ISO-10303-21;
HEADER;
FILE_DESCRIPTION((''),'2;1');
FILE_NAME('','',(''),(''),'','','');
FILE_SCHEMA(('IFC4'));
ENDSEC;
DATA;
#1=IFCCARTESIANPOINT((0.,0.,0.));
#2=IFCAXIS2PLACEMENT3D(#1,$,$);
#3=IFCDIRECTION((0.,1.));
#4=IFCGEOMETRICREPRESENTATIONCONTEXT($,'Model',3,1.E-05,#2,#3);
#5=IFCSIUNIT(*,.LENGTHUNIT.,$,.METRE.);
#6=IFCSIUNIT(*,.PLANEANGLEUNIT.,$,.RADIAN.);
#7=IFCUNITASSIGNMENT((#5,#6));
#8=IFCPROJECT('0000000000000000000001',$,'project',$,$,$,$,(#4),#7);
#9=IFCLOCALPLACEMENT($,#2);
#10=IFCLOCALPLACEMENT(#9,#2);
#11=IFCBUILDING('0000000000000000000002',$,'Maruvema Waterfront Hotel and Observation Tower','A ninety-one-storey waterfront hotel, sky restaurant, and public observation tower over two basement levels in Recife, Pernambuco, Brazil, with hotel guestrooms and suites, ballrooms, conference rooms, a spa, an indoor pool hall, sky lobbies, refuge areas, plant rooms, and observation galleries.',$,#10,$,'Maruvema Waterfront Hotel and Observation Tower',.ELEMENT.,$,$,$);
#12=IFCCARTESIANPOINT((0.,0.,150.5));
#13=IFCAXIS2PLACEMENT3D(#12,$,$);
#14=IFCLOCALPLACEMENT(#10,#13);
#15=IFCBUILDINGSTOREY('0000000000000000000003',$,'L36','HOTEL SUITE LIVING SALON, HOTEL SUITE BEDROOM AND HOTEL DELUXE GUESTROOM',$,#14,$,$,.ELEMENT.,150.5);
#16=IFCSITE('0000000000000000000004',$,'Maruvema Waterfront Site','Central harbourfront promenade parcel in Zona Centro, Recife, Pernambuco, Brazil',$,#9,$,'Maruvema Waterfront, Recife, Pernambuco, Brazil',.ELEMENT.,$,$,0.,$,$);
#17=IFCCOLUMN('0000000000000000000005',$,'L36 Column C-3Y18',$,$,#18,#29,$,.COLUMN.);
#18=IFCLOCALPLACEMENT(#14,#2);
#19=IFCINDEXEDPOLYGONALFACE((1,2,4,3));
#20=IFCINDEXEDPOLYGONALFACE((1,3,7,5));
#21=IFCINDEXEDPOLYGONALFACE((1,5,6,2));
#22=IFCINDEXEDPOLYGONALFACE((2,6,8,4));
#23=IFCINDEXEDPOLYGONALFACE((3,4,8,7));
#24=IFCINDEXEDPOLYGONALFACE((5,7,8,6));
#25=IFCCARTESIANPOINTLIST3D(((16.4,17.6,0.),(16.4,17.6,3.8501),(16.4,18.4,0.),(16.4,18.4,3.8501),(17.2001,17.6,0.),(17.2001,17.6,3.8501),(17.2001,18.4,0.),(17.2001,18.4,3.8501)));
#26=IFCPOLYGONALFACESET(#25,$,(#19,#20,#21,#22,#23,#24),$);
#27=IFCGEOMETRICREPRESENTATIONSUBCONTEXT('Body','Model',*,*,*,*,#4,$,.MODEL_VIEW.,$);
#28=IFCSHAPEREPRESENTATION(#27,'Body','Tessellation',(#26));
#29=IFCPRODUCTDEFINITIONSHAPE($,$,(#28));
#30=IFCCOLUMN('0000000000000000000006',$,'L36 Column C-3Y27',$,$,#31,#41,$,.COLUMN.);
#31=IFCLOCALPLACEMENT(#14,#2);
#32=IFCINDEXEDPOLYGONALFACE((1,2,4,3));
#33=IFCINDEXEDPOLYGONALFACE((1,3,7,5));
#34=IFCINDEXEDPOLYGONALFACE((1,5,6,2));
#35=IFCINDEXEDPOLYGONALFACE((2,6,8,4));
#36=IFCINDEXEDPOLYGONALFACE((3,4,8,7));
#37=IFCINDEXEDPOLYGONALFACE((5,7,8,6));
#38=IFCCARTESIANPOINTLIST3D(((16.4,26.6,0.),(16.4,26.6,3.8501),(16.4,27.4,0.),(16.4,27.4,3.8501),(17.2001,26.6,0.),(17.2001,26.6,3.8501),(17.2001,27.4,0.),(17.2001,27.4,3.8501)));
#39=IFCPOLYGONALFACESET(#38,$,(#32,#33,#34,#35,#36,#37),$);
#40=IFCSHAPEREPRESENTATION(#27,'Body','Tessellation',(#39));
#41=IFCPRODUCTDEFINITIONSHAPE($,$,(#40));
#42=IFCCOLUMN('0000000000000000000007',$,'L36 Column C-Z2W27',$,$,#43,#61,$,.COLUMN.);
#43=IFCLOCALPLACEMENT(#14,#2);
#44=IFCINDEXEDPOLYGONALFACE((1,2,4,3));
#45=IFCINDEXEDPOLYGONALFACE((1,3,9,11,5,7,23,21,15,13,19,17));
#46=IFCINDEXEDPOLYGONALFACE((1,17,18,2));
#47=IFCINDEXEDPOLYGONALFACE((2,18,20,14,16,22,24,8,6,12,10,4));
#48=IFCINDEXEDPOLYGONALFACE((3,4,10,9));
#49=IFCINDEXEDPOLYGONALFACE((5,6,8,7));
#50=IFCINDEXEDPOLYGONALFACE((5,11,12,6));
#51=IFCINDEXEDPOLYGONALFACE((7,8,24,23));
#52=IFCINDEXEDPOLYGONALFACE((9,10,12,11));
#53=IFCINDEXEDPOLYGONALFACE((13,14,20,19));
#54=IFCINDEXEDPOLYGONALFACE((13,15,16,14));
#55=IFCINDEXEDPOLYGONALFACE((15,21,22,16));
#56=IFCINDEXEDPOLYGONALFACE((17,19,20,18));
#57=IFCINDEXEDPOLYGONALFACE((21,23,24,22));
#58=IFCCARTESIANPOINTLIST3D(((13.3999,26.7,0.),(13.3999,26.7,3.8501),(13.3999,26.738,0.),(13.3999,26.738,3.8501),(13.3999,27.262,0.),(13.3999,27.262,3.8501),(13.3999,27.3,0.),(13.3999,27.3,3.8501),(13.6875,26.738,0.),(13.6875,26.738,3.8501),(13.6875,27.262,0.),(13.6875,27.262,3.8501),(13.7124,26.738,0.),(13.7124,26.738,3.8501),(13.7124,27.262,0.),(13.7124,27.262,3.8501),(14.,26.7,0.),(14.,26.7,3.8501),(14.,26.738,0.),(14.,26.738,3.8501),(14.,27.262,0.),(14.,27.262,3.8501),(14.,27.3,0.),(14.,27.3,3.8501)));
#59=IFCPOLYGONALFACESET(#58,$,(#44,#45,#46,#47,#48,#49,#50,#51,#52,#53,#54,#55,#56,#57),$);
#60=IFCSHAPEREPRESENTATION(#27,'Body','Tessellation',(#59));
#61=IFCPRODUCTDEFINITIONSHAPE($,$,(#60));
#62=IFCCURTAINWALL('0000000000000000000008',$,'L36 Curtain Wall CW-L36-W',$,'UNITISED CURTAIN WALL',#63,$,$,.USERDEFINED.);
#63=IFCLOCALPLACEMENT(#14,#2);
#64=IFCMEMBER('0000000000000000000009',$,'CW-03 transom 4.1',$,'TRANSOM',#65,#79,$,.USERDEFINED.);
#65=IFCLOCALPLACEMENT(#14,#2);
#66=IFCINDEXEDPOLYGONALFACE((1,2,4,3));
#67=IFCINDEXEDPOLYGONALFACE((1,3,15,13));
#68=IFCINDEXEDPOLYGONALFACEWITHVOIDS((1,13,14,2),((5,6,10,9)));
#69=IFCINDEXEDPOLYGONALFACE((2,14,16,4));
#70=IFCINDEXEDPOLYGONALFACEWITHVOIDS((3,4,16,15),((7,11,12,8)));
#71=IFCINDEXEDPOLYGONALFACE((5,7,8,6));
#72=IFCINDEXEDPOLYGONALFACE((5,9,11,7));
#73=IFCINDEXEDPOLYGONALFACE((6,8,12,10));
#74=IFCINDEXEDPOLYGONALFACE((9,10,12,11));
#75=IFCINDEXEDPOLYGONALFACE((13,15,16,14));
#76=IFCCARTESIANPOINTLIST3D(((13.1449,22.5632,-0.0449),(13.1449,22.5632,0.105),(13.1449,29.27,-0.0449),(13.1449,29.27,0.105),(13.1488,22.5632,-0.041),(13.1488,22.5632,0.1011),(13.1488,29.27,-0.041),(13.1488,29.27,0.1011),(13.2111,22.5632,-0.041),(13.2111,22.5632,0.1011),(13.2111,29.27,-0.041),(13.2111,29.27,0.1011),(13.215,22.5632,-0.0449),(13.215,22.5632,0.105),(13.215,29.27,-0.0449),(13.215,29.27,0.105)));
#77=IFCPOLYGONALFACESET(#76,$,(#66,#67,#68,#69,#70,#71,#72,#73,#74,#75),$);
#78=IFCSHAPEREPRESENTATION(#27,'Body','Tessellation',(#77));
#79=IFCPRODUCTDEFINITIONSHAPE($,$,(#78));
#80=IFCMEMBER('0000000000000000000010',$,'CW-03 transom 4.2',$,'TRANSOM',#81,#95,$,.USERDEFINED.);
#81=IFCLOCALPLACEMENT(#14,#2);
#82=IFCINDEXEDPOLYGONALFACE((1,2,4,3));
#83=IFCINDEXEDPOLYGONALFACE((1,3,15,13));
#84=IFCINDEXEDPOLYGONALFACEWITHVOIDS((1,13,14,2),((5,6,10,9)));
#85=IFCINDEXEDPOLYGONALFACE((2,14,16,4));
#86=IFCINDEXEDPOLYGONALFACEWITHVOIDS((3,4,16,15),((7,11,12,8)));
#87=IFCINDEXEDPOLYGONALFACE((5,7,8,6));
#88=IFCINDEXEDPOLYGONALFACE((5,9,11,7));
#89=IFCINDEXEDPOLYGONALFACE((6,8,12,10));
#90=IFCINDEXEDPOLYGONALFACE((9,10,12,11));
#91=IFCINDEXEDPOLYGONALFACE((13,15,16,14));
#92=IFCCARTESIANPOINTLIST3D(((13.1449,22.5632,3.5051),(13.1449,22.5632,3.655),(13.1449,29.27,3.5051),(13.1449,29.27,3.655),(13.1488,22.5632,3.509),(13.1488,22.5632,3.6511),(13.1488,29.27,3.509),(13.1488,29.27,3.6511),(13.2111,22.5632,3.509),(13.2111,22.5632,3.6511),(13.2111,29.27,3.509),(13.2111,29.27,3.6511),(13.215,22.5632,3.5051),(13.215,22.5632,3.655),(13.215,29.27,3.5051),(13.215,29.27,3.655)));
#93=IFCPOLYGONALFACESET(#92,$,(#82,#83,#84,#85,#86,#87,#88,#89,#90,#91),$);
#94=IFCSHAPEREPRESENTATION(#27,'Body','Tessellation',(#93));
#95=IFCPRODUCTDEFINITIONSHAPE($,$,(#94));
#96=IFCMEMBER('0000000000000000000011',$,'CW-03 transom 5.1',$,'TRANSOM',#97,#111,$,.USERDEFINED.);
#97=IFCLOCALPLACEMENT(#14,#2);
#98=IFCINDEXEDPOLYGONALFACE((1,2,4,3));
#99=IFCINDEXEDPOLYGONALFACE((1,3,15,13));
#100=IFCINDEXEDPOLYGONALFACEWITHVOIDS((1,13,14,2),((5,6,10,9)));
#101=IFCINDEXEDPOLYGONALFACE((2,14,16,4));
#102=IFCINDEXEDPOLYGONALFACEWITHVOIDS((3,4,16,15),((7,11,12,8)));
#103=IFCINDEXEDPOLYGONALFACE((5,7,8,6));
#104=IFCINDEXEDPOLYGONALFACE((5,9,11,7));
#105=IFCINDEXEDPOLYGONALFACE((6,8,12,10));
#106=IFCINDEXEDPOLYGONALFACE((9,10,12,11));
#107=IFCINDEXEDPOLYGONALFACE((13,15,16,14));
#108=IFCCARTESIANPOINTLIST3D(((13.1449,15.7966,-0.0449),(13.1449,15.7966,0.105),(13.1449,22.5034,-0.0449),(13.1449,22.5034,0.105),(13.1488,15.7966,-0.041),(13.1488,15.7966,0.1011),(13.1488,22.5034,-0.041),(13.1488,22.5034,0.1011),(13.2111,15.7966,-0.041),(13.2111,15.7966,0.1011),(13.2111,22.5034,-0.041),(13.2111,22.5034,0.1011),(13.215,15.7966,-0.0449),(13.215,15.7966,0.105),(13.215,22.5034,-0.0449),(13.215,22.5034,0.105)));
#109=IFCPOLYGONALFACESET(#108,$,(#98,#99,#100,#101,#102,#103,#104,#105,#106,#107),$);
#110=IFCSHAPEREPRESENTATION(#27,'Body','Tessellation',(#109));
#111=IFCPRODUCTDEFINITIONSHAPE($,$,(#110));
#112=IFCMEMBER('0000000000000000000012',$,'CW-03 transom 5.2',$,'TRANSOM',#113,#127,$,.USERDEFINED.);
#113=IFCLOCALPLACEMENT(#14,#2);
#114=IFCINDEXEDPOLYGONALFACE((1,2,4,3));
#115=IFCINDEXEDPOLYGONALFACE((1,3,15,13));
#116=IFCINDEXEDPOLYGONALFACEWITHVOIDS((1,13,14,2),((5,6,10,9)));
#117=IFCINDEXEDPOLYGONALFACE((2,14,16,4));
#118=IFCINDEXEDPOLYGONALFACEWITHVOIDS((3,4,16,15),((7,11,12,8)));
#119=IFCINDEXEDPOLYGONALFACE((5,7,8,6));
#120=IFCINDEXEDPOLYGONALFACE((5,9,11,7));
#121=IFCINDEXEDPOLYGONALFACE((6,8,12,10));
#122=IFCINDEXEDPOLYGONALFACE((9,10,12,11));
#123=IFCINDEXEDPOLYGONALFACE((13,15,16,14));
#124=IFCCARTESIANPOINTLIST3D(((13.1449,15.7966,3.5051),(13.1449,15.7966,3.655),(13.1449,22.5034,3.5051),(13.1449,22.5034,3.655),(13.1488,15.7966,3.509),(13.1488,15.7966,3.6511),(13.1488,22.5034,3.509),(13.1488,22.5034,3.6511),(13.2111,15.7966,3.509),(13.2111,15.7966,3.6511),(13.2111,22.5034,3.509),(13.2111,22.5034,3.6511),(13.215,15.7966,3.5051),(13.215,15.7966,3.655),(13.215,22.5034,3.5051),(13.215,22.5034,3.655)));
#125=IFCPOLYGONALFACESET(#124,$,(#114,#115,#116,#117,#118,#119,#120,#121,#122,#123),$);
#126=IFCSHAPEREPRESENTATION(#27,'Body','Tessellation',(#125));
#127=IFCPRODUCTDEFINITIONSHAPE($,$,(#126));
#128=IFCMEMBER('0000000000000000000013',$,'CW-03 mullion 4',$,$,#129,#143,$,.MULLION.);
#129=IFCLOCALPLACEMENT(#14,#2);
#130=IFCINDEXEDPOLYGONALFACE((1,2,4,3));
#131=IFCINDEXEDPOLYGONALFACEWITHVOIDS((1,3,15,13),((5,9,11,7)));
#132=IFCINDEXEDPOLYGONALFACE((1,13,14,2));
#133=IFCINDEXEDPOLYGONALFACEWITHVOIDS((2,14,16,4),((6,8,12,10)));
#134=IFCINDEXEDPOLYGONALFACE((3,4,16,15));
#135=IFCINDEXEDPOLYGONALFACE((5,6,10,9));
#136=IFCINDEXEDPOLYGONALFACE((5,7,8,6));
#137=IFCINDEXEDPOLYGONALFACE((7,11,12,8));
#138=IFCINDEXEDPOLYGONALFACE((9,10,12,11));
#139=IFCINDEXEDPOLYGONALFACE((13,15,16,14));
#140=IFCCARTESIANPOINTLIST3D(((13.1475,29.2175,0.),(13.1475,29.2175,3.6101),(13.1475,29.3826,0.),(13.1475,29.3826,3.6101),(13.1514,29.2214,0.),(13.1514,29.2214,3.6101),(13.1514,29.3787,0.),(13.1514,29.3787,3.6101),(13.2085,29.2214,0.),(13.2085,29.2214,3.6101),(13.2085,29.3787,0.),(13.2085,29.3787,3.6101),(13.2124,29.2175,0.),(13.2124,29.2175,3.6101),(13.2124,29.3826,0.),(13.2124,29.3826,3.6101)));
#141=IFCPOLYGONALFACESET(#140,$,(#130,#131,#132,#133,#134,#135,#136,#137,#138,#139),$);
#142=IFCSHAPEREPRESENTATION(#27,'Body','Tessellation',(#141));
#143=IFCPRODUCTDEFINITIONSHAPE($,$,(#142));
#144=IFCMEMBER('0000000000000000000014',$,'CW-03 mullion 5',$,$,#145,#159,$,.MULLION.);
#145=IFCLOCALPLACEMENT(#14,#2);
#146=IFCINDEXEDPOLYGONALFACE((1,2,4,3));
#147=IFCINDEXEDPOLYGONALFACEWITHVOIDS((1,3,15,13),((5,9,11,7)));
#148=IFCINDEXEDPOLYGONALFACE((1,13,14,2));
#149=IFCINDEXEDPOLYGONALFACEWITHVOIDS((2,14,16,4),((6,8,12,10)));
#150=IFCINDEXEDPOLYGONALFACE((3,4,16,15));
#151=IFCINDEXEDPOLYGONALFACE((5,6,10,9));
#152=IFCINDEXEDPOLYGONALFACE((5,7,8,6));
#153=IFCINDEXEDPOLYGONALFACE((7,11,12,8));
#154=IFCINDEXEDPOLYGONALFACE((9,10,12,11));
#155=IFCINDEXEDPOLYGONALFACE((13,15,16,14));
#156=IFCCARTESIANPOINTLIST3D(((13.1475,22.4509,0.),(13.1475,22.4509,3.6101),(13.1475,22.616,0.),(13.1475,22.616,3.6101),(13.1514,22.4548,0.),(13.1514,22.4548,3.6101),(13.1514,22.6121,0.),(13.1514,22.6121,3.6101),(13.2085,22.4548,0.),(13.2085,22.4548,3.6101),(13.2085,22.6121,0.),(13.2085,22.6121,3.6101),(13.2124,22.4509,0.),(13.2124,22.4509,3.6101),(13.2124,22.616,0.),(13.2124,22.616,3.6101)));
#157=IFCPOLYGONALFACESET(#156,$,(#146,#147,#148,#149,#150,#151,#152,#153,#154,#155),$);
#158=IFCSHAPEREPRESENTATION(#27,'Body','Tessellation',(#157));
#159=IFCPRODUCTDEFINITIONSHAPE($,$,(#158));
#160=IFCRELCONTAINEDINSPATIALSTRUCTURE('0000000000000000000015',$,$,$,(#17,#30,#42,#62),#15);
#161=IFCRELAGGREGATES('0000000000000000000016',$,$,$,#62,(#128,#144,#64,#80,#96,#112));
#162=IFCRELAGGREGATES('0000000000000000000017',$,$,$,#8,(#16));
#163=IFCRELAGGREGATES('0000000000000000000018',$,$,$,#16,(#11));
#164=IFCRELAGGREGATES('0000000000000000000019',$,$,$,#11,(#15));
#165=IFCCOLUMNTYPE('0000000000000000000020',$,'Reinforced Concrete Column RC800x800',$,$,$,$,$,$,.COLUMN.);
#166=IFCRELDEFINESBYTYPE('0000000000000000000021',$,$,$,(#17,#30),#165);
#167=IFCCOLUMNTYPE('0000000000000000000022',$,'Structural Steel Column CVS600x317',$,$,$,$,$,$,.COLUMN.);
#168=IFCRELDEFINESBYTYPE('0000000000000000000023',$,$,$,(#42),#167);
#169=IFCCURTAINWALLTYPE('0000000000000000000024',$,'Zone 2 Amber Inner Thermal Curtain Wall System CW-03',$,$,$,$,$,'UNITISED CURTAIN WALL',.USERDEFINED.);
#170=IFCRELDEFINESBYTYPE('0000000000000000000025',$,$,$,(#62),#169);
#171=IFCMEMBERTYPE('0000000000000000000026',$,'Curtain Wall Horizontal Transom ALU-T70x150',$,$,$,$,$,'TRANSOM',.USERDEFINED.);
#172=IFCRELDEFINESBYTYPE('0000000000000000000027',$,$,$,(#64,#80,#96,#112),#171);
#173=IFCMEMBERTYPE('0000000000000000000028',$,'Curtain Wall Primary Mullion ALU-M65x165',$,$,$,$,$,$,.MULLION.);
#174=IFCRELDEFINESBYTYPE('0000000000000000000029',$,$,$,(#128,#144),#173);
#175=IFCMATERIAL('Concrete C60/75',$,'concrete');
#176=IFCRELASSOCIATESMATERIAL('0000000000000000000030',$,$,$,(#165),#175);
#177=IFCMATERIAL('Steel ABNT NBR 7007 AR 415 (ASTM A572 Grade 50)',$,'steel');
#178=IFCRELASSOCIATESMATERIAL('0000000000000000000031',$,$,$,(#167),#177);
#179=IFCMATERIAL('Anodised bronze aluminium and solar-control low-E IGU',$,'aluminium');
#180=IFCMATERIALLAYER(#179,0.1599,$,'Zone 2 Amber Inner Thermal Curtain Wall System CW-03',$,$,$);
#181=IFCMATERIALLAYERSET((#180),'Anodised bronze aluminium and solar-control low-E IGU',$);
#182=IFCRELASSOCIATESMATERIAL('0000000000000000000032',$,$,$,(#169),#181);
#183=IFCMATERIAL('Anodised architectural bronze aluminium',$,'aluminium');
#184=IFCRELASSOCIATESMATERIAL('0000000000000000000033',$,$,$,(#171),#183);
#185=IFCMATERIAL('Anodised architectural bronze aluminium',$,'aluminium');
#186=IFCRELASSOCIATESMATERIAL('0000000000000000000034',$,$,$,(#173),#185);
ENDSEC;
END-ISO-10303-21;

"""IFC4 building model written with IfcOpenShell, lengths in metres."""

from ifc_helpers import new_model, si_unit, direction, frame, origin, origin_2d, place, context, subcontext, project, spatial, rectangle, hollow_rectangle, i_section, extrude, material, layer, layer_set, material_profile, profile_set, type_object, element, aggregate, save


model = new_model("IFC4")

# Units and contexts
model_context = context("Model", 3, precision=1e-05, world=origin(), true_north=direction((0.0, 1.0)))
body_context = subcontext(model_context, "Body", "Model", "MODEL_VIEW")
ifc_project = project(units=[si_unit("LENGTHUNIT", "METRE"), si_unit("PLANEANGLEUNIT", "RADIAN")], contexts=[model_context])

# Site, building, storey
site_placement = place(None, origin())
site = spatial("IfcSite", under=ifc_project, at=site_placement, Name="Maruvema Waterfront Site", Description="Central harbourfront promenade parcel in Zona Centro, Recife, Pernambuco, Brazil", LongName="Maruvema Waterfront, Recife, Pernambuco, Brazil", CompositionType="ELEMENT", RefElevation=0.0)
building_placement = place(site_placement, origin())
building = spatial("IfcBuilding", under=site, at=building_placement, Name="Maruvema Waterfront Hotel and Observation Tower", Description="A ninety-one-storey waterfront hotel, sky restaurant, and public observation tower over two basement levels in Recife, Pernambuco, Brazil, with hotel guestrooms and suites, ballrooms, conference rooms, a spa, an indoor pool hall, sky lobbies, refuge areas, plant rooms, and observation galleries.", LongName="Maruvema Waterfront Hotel and Observation Tower", CompositionType="ELEMENT")
storey_placement = place(building_placement, frame((0.0, 0.0, 150.5)))
storey = spatial("IfcBuildingStorey", under=building, at=storey_placement, Name="L36", Description="HOTEL SUITE LIVING SALON, HOTEL SUITE BEDROOM AND HOTEL DELUXE GUESTROOM", CompositionType="ELEMENT", Elevation=150.5)

# Columns
ifc_material_1 = material(Name="Concrete C60/75", Category="concrete")
ifc_material_profile_1 = material_profile(ifc_material_1, rectangle(XDim=0.8, YDim=0.8, at=origin_2d()), Name="RC800x800")
ifc_profile_set_1 = profile_set([ifc_material_profile_1], Name="Concrete C60/75")
column_type_1 = type_object("IfcColumnType", Name="Reinforced Concrete Column RC800x800", PredefinedType="COLUMN", material=ifc_profile_set_1)
for number, where, z_axis, x_axis, name in (
    (1, (16.8, 18.0, 0.0), (0.0, 0.0, 1.0), (1.0, 0.0, 0.0), "L36 Column C-3Y18"),
    (2, (16.8, 27.0, 0.0), (0.0, 0.0, 1.0), (1.0, 0.0, 0.0), "L36 Column C-3Y27"),
):
    element("IfcColumn", number, at=place(storey_placement, frame(where, z_axis=z_axis, x_axis=x_axis)), inside=storey, type_object=column_type_1, Name=name, PredefinedType="COLUMN", context=body_context, shape_type="SweptSolid", body=[
        extrude(rectangle(XDim=0.8, YDim=0.8, at=origin_2d()), origin(), (0.0, 0.0, 1.0), 3.8501),
    ])
ifc_material_2 = material(Name="Steel ABNT NBR 7007 AR 415 (ASTM A572 Grade 50)", Category="steel")
ifc_material_profile_2 = material_profile(ifc_material_2, i_section(OverallWidth=0.6001, OverallDepth=0.6001, WebThickness=0.0249, FlangeThickness=0.0381, at=origin_2d()), Name="CVS600x317")
ifc_profile_set_2 = profile_set([ifc_material_profile_2], Name="Steel ABNT NBR 7007 AR 415 (ASTM A572 Grade 50)")
column_type_2 = type_object("IfcColumnType", Name="Structural Steel Column CVS600x317", PredefinedType="COLUMN", material=ifc_profile_set_2)
column_placement = place(storey_placement, frame((13.7, 27.0, 0.0), z_axis=(0.0, 0.0, 1.0), x_axis=(1.0, 0.0, 0.0)))
element("IfcColumn", 3, at=column_placement, inside=storey, type_object=column_type_2, Name="L36 Column C-Z2W27", PredefinedType="COLUMN", context=body_context, shape_type="SweptSolid", body=[
    extrude(i_section(OverallWidth=0.6001, OverallDepth=0.6001, WebThickness=0.0249, FlangeThickness=0.0381, at=origin_2d()), origin(), (0.0, 0.0, 1.0), 3.8501),
])

# Curtain wall, members
ifc_material_3 = material(Name="Anodised bronze aluminium and solar-control low-E IGU", Category="aluminium")
ifc_layer_1 = layer(ifc_material_3, 0.1599, Name="Zone 2 Amber Inner Thermal Curtain Wall System CW-03")
ifc_layer_set_1 = layer_set([ifc_layer_1], Name="Anodised bronze aluminium and solar-control low-E IGU")
curtain_wall_type = type_object("IfcCurtainWallType", Name="Zone 2 Amber Inner Thermal Curtain Wall System CW-03", ElementType="UNITISED CURTAIN WALL", PredefinedType="USERDEFINED", material=ifc_layer_set_1)
curtain_wall_placement = place(storey_placement, origin())
curtain_wall = element("IfcCurtainWall", 4, at=curtain_wall_placement, inside=storey, type_object=curtain_wall_type, Name="L36 Curtain Wall CW-L36-W", ObjectType="UNITISED CURTAIN WALL", PredefinedType="USERDEFINED")
ifc_material_4 = material(Name="Anodised architectural bronze aluminium", Category="aluminium")
ifc_material_profile_3 = material_profile(ifc_material_4, hollow_rectangle(XDim=0.0701, YDim=0.1499, WallThickness=0.0039, at=origin_2d()), Name="ALU-T70x150")
ifc_profile_set_3 = profile_set([ifc_material_profile_3], Name="Anodised architectural bronze aluminium")
member_type_1 = type_object("IfcMemberType", Name="Curtain Wall Horizontal Transom ALU-T70x150", ElementType="TRANSOM", PredefinedType="USERDEFINED", material=ifc_profile_set_3)
member_1_placement = place(storey_placement, frame((13.1799, 29.27, 0.03), z_axis=(0.0, -1.0, 0.0), x_axis=(1.0, 0.0, 0.0)))
member_1 = element("IfcMember", 5, at=member_1_placement, type_object=member_type_1, Name="CW-03 transom 4.1", ObjectType="TRANSOM", PredefinedType="USERDEFINED", context=body_context, shape_type="SweptSolid", body=[
    extrude(hollow_rectangle(XDim=0.0701, YDim=0.1499, WallThickness=0.0039, at=origin_2d()), origin(), (0.0, 0.0, 1.0), 6.7068),
])
member_2_placement = place(storey_placement, frame((13.1799, 29.27, 3.5801), z_axis=(0.0, -1.0, 0.0), x_axis=(1.0, 0.0, 0.0)))
member_2 = element("IfcMember", 6, at=member_2_placement, type_object=member_type_1, Name="CW-03 transom 4.2", ObjectType="TRANSOM", PredefinedType="USERDEFINED", context=body_context, shape_type="SweptSolid", body=[
    extrude(hollow_rectangle(XDim=0.0701, YDim=0.1499, WallThickness=0.0039, at=origin_2d()), origin(), (0.0, 0.0, 1.0), 6.7068),
])
member_3_placement = place(storey_placement, frame((13.1799, 22.5034, 0.03), z_axis=(0.0, -1.0, 0.0), x_axis=(1.0, 0.0, 0.0)))
member_3 = element("IfcMember", 7, at=member_3_placement, type_object=member_type_1, Name="CW-03 transom 5.1", ObjectType="TRANSOM", PredefinedType="USERDEFINED", context=body_context, shape_type="SweptSolid", body=[
    extrude(hollow_rectangle(XDim=0.0701, YDim=0.1499, WallThickness=0.0039, at=origin_2d()), origin(), (0.0, 0.0, 1.0), 6.7068),
])
member_4_placement = place(storey_placement, frame((13.1799, 22.5034, 3.5801), z_axis=(0.0, -1.0, 0.0), x_axis=(1.0, 0.0, 0.0)))
member_4 = element("IfcMember", 8, at=member_4_placement, type_object=member_type_1, Name="CW-03 transom 5.2", ObjectType="TRANSOM", PredefinedType="USERDEFINED", context=body_context, shape_type="SweptSolid", body=[
    extrude(hollow_rectangle(XDim=0.0701, YDim=0.1499, WallThickness=0.0039, at=origin_2d()), origin(), (0.0, 0.0, 1.0), 6.7068),
])
ifc_material_5 = material(Name="Anodised architectural bronze aluminium", Category="aluminium")
ifc_material_profile_4 = material_profile(ifc_material_5, hollow_rectangle(XDim=0.0649, YDim=0.165, WallThickness=0.0039, at=origin_2d()), Name="ALU-M65x165")
ifc_profile_set_4 = profile_set([ifc_material_profile_4], Name="Anodised architectural bronze aluminium")
member_type_2 = type_object("IfcMemberType", Name="Curtain Wall Primary Mullion ALU-M65x165", PredefinedType="MULLION", material=ifc_profile_set_4)
member_5_placement = place(storey_placement, frame((13.1799, 29.3, 0.0), z_axis=(0.0, 0.0, 1.0), x_axis=(1.0, 0.0, 0.0)))
member_5 = element("IfcMember", 9, at=member_5_placement, type_object=member_type_2, Name="CW-03 mullion 4", PredefinedType="MULLION", context=body_context, shape_type="SweptSolid", body=[
    extrude(hollow_rectangle(XDim=0.0649, YDim=0.165, WallThickness=0.0039, at=origin_2d()), origin(), (0.0, 0.0, 1.0), 3.6101),
])
member_6_placement = place(storey_placement, frame((13.1799, 22.5334, 0.0), z_axis=(0.0, 0.0, 1.0), x_axis=(1.0, 0.0, 0.0)))
member_6 = element("IfcMember", 10, at=member_6_placement, type_object=member_type_2, Name="CW-03 mullion 5", PredefinedType="MULLION", context=body_context, shape_type="SweptSolid", body=[
    extrude(hollow_rectangle(XDim=0.0649, YDim=0.165, WallThickness=0.0039, at=origin_2d()), origin(), (0.0, 0.0, 1.0), 3.6101),
])

aggregate(curtain_wall, [member_5, member_6, member_1, member_2, member_3, member_4])

save(model, "model.ifc")
